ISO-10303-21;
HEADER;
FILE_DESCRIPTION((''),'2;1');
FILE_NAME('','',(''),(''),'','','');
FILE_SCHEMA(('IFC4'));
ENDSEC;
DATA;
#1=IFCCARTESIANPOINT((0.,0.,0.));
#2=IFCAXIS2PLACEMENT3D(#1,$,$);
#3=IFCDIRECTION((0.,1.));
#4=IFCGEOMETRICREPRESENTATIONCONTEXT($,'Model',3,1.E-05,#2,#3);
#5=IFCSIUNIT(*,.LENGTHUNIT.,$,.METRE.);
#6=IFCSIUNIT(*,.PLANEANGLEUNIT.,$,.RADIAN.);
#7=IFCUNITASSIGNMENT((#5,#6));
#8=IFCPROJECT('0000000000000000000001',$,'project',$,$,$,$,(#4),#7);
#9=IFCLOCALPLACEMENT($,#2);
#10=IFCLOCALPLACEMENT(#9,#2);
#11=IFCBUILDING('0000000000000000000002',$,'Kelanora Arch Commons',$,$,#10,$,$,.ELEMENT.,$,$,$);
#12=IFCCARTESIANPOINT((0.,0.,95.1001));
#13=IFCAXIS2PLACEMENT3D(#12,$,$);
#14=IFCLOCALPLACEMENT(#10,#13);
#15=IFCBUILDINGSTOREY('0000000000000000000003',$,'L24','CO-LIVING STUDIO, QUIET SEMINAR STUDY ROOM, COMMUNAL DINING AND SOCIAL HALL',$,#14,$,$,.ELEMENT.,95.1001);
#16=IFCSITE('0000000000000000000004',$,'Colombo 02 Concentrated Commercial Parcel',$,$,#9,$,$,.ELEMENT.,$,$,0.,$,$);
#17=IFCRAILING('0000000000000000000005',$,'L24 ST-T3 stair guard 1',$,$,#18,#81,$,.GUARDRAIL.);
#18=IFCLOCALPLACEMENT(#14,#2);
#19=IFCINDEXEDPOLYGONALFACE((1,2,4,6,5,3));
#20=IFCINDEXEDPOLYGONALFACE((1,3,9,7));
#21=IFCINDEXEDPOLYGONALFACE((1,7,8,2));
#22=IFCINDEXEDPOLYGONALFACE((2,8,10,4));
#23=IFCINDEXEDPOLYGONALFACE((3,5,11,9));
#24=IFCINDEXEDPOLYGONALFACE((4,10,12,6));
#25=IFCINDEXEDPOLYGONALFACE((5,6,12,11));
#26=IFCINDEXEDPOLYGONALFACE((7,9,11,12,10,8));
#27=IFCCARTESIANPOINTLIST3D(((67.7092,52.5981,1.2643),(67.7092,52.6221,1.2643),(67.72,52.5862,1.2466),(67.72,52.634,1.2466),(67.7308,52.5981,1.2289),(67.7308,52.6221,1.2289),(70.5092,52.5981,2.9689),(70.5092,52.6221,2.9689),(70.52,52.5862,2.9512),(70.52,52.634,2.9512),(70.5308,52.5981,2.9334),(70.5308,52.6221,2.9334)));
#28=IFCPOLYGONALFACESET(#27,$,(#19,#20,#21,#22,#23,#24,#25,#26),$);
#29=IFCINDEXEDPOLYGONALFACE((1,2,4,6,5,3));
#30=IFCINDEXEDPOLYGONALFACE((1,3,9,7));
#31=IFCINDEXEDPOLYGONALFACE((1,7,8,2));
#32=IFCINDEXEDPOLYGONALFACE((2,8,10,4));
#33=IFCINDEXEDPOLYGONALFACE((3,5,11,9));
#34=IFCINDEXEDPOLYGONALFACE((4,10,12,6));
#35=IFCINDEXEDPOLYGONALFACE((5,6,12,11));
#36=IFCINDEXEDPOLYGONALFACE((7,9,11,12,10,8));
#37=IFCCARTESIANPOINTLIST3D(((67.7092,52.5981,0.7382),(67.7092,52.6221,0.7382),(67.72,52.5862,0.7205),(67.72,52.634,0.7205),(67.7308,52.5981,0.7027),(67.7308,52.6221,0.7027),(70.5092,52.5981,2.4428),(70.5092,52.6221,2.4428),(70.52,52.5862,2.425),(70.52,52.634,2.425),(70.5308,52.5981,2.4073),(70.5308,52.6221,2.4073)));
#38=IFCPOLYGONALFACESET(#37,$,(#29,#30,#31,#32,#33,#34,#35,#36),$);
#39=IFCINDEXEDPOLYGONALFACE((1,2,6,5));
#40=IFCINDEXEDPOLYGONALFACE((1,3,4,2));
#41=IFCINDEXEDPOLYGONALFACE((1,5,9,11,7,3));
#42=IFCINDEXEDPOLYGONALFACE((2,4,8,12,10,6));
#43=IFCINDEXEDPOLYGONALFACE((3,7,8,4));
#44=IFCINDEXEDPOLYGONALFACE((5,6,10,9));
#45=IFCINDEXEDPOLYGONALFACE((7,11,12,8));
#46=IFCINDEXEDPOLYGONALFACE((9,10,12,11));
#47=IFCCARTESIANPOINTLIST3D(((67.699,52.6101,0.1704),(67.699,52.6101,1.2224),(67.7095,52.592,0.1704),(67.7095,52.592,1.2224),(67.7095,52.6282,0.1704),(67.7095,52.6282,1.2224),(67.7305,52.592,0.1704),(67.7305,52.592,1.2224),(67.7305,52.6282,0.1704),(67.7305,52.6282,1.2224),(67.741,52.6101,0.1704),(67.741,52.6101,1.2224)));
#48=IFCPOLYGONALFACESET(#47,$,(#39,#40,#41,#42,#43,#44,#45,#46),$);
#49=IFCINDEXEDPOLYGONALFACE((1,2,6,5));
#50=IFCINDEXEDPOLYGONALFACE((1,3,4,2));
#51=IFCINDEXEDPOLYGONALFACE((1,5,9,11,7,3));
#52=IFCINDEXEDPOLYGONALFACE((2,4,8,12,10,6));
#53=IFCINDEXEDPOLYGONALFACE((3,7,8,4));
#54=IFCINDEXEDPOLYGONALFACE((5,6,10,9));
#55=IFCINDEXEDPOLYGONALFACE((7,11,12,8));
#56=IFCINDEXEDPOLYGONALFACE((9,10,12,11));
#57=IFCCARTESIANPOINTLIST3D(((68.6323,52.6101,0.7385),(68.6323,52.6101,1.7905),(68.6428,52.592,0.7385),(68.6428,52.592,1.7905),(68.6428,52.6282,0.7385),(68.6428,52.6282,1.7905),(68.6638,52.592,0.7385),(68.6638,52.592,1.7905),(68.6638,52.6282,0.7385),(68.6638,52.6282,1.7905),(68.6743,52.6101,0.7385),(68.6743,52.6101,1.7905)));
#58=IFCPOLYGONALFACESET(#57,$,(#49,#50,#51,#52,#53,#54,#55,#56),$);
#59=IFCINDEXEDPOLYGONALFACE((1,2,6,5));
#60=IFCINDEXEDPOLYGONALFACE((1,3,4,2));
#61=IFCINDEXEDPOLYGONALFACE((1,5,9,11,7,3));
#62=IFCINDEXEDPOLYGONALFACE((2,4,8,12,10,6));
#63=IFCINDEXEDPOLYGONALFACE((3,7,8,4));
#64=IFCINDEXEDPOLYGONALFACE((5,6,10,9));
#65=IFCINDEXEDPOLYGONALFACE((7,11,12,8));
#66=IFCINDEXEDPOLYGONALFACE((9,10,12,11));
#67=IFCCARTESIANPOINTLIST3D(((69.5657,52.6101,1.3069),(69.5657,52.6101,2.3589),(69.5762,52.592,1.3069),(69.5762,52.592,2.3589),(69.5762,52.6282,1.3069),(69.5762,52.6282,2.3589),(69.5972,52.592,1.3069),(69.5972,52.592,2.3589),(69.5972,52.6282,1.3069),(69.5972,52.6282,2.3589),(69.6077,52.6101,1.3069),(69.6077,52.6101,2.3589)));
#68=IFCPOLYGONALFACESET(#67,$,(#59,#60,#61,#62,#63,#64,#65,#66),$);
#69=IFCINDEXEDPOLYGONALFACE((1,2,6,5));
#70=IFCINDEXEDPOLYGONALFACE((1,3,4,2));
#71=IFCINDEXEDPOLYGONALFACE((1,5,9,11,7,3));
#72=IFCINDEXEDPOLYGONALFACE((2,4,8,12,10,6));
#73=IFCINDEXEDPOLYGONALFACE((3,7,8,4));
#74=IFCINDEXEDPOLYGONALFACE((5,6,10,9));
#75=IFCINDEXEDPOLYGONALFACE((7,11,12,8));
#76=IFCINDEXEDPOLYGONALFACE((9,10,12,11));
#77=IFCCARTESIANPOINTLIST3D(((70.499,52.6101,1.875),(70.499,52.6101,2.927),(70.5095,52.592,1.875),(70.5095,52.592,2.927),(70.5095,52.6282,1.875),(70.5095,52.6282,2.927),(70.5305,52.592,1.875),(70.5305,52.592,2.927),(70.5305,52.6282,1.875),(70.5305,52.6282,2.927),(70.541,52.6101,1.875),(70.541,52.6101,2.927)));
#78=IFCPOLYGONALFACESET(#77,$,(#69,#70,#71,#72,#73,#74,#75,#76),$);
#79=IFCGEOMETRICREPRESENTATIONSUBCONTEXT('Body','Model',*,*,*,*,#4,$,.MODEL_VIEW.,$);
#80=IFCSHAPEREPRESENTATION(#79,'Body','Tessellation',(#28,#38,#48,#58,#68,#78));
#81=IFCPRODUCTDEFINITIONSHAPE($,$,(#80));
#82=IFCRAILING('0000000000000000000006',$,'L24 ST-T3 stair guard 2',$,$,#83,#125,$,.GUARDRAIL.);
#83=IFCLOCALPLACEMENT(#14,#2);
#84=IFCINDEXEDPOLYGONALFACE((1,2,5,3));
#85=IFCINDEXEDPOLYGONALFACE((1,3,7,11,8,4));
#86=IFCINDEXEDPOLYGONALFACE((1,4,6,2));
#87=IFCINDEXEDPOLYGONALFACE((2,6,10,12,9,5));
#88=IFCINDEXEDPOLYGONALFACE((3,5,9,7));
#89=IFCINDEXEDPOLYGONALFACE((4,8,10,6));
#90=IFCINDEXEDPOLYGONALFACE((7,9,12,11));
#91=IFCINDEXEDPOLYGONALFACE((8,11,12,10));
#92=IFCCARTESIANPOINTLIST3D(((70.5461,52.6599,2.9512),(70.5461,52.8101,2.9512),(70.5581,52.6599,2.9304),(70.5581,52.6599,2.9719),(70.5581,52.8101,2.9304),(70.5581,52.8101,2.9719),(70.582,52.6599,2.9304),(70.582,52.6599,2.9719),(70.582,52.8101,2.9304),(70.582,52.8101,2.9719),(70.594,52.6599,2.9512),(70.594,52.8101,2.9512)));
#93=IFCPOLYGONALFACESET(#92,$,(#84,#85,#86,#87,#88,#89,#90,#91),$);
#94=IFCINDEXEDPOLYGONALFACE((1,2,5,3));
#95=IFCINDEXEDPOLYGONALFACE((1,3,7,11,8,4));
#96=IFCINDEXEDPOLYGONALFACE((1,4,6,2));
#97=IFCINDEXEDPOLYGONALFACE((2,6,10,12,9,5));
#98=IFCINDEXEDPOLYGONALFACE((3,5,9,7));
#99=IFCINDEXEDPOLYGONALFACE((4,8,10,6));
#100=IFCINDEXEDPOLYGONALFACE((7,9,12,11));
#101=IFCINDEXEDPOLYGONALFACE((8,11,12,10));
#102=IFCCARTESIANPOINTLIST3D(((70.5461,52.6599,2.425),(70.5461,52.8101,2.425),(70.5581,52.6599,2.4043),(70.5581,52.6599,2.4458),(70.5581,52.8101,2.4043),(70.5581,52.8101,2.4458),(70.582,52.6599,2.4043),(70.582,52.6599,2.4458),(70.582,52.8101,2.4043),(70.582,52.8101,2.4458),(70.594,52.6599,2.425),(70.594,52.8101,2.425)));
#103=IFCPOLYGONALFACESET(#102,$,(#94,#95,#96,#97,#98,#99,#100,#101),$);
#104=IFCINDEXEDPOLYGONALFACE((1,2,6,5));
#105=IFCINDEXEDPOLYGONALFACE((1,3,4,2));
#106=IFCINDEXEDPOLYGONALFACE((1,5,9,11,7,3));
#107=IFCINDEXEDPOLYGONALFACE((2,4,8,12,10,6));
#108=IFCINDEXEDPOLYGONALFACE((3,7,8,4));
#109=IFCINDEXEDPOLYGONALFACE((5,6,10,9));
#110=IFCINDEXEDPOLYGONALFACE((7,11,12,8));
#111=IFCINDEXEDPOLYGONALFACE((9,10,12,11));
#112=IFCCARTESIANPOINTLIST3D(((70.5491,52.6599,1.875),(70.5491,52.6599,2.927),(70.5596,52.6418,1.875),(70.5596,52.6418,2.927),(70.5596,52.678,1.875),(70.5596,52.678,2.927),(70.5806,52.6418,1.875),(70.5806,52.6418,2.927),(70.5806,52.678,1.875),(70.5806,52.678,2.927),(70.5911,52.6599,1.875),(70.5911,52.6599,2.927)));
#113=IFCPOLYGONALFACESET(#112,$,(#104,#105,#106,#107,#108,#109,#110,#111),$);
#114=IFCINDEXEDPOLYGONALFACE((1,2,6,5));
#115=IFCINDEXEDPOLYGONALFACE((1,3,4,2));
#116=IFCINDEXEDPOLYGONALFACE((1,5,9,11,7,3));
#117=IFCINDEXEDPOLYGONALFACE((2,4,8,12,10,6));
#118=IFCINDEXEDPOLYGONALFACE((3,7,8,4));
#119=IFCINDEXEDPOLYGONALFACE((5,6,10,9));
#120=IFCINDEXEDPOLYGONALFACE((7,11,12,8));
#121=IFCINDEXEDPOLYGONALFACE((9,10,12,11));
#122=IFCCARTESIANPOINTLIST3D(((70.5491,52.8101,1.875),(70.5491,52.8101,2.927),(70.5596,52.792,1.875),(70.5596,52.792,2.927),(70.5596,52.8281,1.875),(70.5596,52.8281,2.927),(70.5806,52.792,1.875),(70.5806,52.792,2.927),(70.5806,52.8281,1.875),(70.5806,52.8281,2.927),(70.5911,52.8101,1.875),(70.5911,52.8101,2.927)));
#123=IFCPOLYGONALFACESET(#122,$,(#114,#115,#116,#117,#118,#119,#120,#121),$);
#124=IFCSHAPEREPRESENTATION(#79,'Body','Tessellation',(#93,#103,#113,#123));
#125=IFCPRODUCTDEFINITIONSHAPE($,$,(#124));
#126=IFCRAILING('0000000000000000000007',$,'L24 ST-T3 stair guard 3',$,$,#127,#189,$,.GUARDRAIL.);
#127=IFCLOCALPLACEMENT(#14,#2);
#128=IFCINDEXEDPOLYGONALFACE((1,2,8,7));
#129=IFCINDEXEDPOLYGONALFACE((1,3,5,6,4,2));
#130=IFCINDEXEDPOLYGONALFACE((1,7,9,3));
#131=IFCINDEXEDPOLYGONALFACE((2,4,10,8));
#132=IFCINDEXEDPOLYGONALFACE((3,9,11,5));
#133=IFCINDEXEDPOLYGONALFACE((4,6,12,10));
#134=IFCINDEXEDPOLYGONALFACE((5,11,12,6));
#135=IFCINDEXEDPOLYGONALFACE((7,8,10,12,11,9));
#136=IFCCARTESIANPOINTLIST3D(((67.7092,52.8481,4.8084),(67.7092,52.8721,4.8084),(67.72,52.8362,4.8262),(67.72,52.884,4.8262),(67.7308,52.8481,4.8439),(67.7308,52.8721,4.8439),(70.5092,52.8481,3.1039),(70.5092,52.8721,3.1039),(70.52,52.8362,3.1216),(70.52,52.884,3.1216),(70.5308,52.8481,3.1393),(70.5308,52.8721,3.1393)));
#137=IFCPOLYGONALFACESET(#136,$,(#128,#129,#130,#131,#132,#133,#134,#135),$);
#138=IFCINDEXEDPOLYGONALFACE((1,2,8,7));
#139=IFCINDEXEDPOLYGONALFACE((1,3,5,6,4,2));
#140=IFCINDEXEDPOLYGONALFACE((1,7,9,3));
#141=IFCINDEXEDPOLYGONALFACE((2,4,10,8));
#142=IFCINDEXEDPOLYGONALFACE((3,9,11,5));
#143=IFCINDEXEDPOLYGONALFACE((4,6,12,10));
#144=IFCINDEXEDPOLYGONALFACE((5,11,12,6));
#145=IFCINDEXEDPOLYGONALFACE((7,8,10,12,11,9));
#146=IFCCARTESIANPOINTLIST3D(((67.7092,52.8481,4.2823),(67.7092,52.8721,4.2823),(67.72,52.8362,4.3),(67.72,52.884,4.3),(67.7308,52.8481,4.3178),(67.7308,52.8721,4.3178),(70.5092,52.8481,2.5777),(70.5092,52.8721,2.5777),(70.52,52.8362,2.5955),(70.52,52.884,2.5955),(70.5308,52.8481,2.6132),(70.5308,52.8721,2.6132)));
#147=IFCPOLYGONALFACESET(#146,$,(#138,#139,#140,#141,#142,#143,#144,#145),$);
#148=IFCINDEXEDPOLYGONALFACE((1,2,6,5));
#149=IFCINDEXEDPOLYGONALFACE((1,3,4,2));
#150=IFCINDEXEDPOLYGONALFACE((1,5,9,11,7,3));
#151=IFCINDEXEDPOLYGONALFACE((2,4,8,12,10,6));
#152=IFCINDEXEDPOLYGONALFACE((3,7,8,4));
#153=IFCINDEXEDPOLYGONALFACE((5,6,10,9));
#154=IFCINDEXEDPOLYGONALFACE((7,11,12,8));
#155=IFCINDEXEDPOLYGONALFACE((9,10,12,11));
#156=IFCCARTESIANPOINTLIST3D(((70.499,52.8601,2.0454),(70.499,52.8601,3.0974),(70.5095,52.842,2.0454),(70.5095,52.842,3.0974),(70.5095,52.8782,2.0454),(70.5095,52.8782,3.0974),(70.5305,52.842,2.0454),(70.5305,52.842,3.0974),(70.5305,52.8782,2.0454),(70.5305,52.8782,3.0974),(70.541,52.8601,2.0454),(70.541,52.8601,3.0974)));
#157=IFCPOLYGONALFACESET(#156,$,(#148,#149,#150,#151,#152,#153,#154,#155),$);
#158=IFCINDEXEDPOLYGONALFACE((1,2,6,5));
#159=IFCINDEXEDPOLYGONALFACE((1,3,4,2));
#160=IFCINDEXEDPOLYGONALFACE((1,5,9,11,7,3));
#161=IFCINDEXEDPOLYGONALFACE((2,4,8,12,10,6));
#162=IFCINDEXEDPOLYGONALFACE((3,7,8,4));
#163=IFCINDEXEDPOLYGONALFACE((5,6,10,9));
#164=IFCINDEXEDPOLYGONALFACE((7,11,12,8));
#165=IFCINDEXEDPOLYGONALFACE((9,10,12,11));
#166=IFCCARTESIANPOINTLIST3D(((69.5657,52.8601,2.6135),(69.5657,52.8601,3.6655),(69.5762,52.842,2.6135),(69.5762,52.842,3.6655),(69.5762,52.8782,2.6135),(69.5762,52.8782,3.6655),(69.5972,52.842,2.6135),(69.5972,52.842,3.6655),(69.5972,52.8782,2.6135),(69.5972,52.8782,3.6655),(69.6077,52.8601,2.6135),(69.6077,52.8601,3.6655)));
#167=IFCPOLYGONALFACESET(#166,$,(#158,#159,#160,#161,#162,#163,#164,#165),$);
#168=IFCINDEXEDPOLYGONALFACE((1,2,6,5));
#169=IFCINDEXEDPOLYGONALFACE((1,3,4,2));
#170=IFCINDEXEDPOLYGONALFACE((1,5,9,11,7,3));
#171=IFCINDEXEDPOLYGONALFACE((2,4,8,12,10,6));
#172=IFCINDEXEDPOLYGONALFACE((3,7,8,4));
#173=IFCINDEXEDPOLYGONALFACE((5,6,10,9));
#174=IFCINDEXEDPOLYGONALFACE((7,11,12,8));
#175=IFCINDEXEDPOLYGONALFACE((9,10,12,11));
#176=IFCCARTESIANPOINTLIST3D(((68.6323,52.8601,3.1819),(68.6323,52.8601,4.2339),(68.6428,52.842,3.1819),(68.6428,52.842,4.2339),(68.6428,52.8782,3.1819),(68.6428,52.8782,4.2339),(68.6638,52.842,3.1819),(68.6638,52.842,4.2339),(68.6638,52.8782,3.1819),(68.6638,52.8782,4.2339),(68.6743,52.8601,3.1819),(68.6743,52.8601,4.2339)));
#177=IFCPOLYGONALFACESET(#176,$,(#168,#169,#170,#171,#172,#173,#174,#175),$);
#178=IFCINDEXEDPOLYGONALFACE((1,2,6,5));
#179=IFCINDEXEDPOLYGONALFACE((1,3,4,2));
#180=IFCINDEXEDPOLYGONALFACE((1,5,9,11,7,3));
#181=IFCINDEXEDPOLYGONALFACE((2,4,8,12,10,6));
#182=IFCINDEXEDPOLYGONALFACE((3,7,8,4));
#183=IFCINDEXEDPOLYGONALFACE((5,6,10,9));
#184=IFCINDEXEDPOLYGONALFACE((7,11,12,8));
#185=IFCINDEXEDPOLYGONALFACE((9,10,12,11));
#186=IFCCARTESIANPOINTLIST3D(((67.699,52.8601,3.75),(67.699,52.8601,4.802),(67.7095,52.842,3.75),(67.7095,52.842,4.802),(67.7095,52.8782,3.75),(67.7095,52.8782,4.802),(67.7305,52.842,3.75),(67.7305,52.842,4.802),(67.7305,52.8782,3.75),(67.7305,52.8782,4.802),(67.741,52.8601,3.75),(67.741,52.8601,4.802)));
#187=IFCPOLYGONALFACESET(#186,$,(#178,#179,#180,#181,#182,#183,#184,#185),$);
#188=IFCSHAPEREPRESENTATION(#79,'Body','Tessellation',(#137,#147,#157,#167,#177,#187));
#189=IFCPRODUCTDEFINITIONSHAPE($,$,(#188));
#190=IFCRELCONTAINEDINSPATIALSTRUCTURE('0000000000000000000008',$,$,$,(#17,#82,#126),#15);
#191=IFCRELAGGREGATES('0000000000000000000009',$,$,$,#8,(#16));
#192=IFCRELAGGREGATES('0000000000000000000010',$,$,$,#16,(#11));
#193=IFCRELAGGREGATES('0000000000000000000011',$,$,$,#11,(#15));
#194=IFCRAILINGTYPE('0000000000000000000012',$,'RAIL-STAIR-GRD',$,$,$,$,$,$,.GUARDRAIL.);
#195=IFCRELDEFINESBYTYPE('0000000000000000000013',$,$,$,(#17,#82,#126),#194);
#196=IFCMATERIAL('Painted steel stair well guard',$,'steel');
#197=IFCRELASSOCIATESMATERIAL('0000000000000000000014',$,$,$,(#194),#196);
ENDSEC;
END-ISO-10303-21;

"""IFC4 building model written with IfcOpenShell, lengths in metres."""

from ifc_helpers import new_model, si_unit, direction, frame, origin, place, context, subcontext, project, spatial, polyline, outline, extrude, material, type_object, element, save


model = new_model("IFC4")

# Units and contexts
model_context = context("Model", 3, precision=1e-05, world=origin(), true_north=direction((0.0, 1.0)))
body_context = subcontext(model_context, "Body", "Model", "MODEL_VIEW")
ifc_project = project(units=[si_unit("LENGTHUNIT", "METRE"), si_unit("PLANEANGLEUNIT", "RADIAN")], contexts=[model_context])

# Site, building, storey
site_placement = place(None, origin())
site = spatial("IfcSite", under=ifc_project, at=site_placement, Name="Colombo 02 Concentrated Commercial Parcel", CompositionType="ELEMENT", RefElevation=0.0)
building_placement = place(site_placement, origin())
building = spatial("IfcBuilding", under=site, at=building_placement, Name="Kelanora Arch Commons", CompositionType="ELEMENT")
storey_placement = place(building_placement, frame((0.0, 0.0, 95.1001)))
storey = spatial("IfcBuildingStorey", under=building, at=storey_placement, Name="L24", Description="CO-LIVING STUDIO, QUIET SEMINAR STUDY ROOM, COMMUNAL DINING AND SOCIAL HALL", CompositionType="ELEMENT", Elevation=95.1001)

# Railings
ifc_material_1 = material(Name="Painted steel stair well guard", Category="steel")
railing_type_1 = type_object("IfcRailingType", Name="RAIL-STAIR-GRD", PredefinedType="GUARDRAIL", material=ifc_material_1)
railing_1_placement = place(storey_placement, frame((67.72, 52.6101, 0.1704)))
element("IfcRailing", 1, at=railing_1_placement, inside=storey, type_object=railing_type_1, Name="L24 ST-T3 stair guard 1", PredefinedType="GUARDRAIL", context=body_context, shape_type="SweptSolid", body=[
    extrude(outline(polyline([(0.0239, 0.0), (0.012, 0.0208), (-0.012, 0.0208), (-0.0239, 0.0), (-0.012, -0.0208), (0.012, -0.0208), (0.0239, 0.0)])), frame((0.0, 0.0, 1.0762), z_axis=(0.85417, 0.0, 0.519994), x_axis=(0.0, 1.0, 0.0)), (0.0, 0.0, 1.0), 3.2781),
    extrude(outline(polyline([(0.0239, 0.0), (0.012, 0.0208), (-0.012, 0.0208), (-0.0239, 0.0), (-0.012, -0.0208), (0.012, -0.0208), (0.0239, 0.0)])), frame((0.0, 0.0, 0.55), z_axis=(0.85417, 0.0, 0.519994), x_axis=(0.0, 1.0, 0.0)), (0.0, 0.0, 1.0), 3.2781),
    extrude(outline(polyline([(0.021, 0.0), (0.0105, 0.0181), (-0.0105, 0.0181), (-0.021, 0.0), (-0.0105, -0.0181), (0.0105, -0.0181), (0.021, 0.0)])), origin(), (0.0, 0.0, 1.0), 1.052),
    extrude(outline(polyline([(0.021, 0.0), (0.0105, 0.0181), (-0.0105, 0.0181), (-0.021, 0.0), (-0.0105, -0.0181), (0.0105, -0.0181), (0.021, 0.0)])), frame((0.9333, 0.0, 0.5681)), (0.0, 0.0, 1.0), 1.052),
    extrude(outline(polyline([(0.021, 0.0), (0.0105, 0.0181), (-0.0105, 0.0181), (-0.021, 0.0), (-0.0105, -0.0181), (0.0105, -0.0181), (0.021, 0.0)])), frame((1.8667, 0.0, 1.1365)), (0.0, 0.0, 1.0), 1.052),
    extrude(outline(polyline([(0.021, 0.0), (0.0105, 0.0181), (-0.0105, 0.0181), (-0.021, 0.0), (-0.0105, -0.0181), (0.0105, -0.0181), (0.021, 0.0)])), frame((2.8, 0.0, 1.7046)), (0.0, 0.0, 1.0), 1.052),
])
railing_2_placement = place(storey_placement, frame((70.5701, 52.6599, 1.875)))
element("IfcRailing", 2, at=railing_2_placement, inside=storey, type_object=railing_type_1, Name="L24 ST-T3 stair guard 2", PredefinedType="GUARDRAIL", context=body_context, shape_type="SweptSolid", body=[
    extrude(outline(polyline([(0.0239, 0.0), (0.012, 0.0208), (-0.012, 0.0208), (-0.0239, 0.0), (-0.012, -0.0208), (0.012, -0.0208), (0.0239, 0.0)])), frame((0.0, 0.0, 1.0762), z_axis=(0.0, 1.0, 0.0), x_axis=(-1.0, 0.0, 0.0)), (0.0, 0.0, 1.0), 0.1501),
    extrude(outline(polyline([(0.0239, 0.0), (0.012, 0.0208), (-0.012, 0.0208), (-0.0239, 0.0), (-0.012, -0.0208), (0.012, -0.0208), (0.0239, 0.0)])), frame((0.0, 0.0, 0.55), z_axis=(0.0, 1.0, 0.0), x_axis=(-1.0, 0.0, 0.0)), (0.0, 0.0, 1.0), 0.1501),
    extrude(outline(polyline([(0.021, 0.0), (0.0105, 0.0181), (-0.0105, 0.0181), (-0.021, 0.0), (-0.0105, -0.0181), (0.0105, -0.0181), (0.021, 0.0)])), origin(), (0.0, 0.0, 1.0), 1.052),
    extrude(outline(polyline([(0.021, 0.0), (0.0105, 0.0181), (-0.0105, 0.0181), (-0.021, 0.0), (-0.0105, -0.0181), (0.0105, -0.0181), (0.021, 0.0)])), frame((0.0, 0.1501, 0.0)), (0.0, 0.0, 1.0), 1.052),
])
railing_3_placement = place(storey_placement, frame((70.52, 52.8601, 2.0454)))
element("IfcRailing", 3, at=railing_3_placement, inside=storey, type_object=railing_type_1, Name="L24 ST-T3 stair guard 3", PredefinedType="GUARDRAIL", context=body_context, shape_type="SweptSolid", body=[
    extrude(outline(polyline([(0.0239, 0.0), (0.012, 0.0208), (-0.012, 0.0208), (-0.0239, 0.0), (-0.012, -0.0208), (0.012, -0.0208), (0.0239, 0.0)])), frame((0.0, 0.0, 1.0762), z_axis=(-0.85417, 0.0, 0.519994), x_axis=(0.0, -1.0, 0.0)), (0.0, 0.0, 1.0), 3.2781),
    extrude(outline(polyline([(0.0239, 0.0), (0.012, 0.0208), (-0.012, 0.0208), (-0.0239, 0.0), (-0.012, -0.0208), (0.012, -0.0208), (0.0239, 0.0)])), frame((0.0, 0.0, 0.55), z_axis=(-0.85417, 0.0, 0.519994), x_axis=(0.0, -1.0, 0.0)), (0.0, 0.0, 1.0), 3.2781),
    extrude(outline(polyline([(0.021, 0.0), (0.0105, 0.0181), (-0.0105, 0.0181), (-0.021, 0.0), (-0.0105, -0.0181), (0.0105, -0.0181), (0.021, 0.0)])), origin(), (0.0, 0.0, 1.0), 1.052),
    extrude(outline(polyline([(0.021, 0.0), (0.0105, 0.0181), (-0.0105, 0.0181), (-0.021, 0.0), (-0.0105, -0.0181), (0.0105, -0.0181), (0.021, 0.0)])), frame((-0.9333, 0.0, 0.5681)), (0.0, 0.0, 1.0), 1.052),
    extrude(outline(polyline([(0.021, 0.0), (0.0105, 0.0181), (-0.0105, 0.0181), (-0.021, 0.0), (-0.0105, -0.0181), (0.0105, -0.0181), (0.021, 0.0)])), frame((-1.8667, 0.0, 1.1365)), (0.0, 0.0, 1.0), 1.052),
    extrude(outline(polyline([(0.021, 0.0), (0.0105, 0.0181), (-0.0105, 0.0181), (-0.021, 0.0), (-0.0105, -0.0181), (0.0105, -0.0181), (0.021, 0.0)])), frame((-2.8, 0.0, 1.7046)), (0.0, 0.0, 1.0), 1.052),
])

save(model, "model.ifc")
